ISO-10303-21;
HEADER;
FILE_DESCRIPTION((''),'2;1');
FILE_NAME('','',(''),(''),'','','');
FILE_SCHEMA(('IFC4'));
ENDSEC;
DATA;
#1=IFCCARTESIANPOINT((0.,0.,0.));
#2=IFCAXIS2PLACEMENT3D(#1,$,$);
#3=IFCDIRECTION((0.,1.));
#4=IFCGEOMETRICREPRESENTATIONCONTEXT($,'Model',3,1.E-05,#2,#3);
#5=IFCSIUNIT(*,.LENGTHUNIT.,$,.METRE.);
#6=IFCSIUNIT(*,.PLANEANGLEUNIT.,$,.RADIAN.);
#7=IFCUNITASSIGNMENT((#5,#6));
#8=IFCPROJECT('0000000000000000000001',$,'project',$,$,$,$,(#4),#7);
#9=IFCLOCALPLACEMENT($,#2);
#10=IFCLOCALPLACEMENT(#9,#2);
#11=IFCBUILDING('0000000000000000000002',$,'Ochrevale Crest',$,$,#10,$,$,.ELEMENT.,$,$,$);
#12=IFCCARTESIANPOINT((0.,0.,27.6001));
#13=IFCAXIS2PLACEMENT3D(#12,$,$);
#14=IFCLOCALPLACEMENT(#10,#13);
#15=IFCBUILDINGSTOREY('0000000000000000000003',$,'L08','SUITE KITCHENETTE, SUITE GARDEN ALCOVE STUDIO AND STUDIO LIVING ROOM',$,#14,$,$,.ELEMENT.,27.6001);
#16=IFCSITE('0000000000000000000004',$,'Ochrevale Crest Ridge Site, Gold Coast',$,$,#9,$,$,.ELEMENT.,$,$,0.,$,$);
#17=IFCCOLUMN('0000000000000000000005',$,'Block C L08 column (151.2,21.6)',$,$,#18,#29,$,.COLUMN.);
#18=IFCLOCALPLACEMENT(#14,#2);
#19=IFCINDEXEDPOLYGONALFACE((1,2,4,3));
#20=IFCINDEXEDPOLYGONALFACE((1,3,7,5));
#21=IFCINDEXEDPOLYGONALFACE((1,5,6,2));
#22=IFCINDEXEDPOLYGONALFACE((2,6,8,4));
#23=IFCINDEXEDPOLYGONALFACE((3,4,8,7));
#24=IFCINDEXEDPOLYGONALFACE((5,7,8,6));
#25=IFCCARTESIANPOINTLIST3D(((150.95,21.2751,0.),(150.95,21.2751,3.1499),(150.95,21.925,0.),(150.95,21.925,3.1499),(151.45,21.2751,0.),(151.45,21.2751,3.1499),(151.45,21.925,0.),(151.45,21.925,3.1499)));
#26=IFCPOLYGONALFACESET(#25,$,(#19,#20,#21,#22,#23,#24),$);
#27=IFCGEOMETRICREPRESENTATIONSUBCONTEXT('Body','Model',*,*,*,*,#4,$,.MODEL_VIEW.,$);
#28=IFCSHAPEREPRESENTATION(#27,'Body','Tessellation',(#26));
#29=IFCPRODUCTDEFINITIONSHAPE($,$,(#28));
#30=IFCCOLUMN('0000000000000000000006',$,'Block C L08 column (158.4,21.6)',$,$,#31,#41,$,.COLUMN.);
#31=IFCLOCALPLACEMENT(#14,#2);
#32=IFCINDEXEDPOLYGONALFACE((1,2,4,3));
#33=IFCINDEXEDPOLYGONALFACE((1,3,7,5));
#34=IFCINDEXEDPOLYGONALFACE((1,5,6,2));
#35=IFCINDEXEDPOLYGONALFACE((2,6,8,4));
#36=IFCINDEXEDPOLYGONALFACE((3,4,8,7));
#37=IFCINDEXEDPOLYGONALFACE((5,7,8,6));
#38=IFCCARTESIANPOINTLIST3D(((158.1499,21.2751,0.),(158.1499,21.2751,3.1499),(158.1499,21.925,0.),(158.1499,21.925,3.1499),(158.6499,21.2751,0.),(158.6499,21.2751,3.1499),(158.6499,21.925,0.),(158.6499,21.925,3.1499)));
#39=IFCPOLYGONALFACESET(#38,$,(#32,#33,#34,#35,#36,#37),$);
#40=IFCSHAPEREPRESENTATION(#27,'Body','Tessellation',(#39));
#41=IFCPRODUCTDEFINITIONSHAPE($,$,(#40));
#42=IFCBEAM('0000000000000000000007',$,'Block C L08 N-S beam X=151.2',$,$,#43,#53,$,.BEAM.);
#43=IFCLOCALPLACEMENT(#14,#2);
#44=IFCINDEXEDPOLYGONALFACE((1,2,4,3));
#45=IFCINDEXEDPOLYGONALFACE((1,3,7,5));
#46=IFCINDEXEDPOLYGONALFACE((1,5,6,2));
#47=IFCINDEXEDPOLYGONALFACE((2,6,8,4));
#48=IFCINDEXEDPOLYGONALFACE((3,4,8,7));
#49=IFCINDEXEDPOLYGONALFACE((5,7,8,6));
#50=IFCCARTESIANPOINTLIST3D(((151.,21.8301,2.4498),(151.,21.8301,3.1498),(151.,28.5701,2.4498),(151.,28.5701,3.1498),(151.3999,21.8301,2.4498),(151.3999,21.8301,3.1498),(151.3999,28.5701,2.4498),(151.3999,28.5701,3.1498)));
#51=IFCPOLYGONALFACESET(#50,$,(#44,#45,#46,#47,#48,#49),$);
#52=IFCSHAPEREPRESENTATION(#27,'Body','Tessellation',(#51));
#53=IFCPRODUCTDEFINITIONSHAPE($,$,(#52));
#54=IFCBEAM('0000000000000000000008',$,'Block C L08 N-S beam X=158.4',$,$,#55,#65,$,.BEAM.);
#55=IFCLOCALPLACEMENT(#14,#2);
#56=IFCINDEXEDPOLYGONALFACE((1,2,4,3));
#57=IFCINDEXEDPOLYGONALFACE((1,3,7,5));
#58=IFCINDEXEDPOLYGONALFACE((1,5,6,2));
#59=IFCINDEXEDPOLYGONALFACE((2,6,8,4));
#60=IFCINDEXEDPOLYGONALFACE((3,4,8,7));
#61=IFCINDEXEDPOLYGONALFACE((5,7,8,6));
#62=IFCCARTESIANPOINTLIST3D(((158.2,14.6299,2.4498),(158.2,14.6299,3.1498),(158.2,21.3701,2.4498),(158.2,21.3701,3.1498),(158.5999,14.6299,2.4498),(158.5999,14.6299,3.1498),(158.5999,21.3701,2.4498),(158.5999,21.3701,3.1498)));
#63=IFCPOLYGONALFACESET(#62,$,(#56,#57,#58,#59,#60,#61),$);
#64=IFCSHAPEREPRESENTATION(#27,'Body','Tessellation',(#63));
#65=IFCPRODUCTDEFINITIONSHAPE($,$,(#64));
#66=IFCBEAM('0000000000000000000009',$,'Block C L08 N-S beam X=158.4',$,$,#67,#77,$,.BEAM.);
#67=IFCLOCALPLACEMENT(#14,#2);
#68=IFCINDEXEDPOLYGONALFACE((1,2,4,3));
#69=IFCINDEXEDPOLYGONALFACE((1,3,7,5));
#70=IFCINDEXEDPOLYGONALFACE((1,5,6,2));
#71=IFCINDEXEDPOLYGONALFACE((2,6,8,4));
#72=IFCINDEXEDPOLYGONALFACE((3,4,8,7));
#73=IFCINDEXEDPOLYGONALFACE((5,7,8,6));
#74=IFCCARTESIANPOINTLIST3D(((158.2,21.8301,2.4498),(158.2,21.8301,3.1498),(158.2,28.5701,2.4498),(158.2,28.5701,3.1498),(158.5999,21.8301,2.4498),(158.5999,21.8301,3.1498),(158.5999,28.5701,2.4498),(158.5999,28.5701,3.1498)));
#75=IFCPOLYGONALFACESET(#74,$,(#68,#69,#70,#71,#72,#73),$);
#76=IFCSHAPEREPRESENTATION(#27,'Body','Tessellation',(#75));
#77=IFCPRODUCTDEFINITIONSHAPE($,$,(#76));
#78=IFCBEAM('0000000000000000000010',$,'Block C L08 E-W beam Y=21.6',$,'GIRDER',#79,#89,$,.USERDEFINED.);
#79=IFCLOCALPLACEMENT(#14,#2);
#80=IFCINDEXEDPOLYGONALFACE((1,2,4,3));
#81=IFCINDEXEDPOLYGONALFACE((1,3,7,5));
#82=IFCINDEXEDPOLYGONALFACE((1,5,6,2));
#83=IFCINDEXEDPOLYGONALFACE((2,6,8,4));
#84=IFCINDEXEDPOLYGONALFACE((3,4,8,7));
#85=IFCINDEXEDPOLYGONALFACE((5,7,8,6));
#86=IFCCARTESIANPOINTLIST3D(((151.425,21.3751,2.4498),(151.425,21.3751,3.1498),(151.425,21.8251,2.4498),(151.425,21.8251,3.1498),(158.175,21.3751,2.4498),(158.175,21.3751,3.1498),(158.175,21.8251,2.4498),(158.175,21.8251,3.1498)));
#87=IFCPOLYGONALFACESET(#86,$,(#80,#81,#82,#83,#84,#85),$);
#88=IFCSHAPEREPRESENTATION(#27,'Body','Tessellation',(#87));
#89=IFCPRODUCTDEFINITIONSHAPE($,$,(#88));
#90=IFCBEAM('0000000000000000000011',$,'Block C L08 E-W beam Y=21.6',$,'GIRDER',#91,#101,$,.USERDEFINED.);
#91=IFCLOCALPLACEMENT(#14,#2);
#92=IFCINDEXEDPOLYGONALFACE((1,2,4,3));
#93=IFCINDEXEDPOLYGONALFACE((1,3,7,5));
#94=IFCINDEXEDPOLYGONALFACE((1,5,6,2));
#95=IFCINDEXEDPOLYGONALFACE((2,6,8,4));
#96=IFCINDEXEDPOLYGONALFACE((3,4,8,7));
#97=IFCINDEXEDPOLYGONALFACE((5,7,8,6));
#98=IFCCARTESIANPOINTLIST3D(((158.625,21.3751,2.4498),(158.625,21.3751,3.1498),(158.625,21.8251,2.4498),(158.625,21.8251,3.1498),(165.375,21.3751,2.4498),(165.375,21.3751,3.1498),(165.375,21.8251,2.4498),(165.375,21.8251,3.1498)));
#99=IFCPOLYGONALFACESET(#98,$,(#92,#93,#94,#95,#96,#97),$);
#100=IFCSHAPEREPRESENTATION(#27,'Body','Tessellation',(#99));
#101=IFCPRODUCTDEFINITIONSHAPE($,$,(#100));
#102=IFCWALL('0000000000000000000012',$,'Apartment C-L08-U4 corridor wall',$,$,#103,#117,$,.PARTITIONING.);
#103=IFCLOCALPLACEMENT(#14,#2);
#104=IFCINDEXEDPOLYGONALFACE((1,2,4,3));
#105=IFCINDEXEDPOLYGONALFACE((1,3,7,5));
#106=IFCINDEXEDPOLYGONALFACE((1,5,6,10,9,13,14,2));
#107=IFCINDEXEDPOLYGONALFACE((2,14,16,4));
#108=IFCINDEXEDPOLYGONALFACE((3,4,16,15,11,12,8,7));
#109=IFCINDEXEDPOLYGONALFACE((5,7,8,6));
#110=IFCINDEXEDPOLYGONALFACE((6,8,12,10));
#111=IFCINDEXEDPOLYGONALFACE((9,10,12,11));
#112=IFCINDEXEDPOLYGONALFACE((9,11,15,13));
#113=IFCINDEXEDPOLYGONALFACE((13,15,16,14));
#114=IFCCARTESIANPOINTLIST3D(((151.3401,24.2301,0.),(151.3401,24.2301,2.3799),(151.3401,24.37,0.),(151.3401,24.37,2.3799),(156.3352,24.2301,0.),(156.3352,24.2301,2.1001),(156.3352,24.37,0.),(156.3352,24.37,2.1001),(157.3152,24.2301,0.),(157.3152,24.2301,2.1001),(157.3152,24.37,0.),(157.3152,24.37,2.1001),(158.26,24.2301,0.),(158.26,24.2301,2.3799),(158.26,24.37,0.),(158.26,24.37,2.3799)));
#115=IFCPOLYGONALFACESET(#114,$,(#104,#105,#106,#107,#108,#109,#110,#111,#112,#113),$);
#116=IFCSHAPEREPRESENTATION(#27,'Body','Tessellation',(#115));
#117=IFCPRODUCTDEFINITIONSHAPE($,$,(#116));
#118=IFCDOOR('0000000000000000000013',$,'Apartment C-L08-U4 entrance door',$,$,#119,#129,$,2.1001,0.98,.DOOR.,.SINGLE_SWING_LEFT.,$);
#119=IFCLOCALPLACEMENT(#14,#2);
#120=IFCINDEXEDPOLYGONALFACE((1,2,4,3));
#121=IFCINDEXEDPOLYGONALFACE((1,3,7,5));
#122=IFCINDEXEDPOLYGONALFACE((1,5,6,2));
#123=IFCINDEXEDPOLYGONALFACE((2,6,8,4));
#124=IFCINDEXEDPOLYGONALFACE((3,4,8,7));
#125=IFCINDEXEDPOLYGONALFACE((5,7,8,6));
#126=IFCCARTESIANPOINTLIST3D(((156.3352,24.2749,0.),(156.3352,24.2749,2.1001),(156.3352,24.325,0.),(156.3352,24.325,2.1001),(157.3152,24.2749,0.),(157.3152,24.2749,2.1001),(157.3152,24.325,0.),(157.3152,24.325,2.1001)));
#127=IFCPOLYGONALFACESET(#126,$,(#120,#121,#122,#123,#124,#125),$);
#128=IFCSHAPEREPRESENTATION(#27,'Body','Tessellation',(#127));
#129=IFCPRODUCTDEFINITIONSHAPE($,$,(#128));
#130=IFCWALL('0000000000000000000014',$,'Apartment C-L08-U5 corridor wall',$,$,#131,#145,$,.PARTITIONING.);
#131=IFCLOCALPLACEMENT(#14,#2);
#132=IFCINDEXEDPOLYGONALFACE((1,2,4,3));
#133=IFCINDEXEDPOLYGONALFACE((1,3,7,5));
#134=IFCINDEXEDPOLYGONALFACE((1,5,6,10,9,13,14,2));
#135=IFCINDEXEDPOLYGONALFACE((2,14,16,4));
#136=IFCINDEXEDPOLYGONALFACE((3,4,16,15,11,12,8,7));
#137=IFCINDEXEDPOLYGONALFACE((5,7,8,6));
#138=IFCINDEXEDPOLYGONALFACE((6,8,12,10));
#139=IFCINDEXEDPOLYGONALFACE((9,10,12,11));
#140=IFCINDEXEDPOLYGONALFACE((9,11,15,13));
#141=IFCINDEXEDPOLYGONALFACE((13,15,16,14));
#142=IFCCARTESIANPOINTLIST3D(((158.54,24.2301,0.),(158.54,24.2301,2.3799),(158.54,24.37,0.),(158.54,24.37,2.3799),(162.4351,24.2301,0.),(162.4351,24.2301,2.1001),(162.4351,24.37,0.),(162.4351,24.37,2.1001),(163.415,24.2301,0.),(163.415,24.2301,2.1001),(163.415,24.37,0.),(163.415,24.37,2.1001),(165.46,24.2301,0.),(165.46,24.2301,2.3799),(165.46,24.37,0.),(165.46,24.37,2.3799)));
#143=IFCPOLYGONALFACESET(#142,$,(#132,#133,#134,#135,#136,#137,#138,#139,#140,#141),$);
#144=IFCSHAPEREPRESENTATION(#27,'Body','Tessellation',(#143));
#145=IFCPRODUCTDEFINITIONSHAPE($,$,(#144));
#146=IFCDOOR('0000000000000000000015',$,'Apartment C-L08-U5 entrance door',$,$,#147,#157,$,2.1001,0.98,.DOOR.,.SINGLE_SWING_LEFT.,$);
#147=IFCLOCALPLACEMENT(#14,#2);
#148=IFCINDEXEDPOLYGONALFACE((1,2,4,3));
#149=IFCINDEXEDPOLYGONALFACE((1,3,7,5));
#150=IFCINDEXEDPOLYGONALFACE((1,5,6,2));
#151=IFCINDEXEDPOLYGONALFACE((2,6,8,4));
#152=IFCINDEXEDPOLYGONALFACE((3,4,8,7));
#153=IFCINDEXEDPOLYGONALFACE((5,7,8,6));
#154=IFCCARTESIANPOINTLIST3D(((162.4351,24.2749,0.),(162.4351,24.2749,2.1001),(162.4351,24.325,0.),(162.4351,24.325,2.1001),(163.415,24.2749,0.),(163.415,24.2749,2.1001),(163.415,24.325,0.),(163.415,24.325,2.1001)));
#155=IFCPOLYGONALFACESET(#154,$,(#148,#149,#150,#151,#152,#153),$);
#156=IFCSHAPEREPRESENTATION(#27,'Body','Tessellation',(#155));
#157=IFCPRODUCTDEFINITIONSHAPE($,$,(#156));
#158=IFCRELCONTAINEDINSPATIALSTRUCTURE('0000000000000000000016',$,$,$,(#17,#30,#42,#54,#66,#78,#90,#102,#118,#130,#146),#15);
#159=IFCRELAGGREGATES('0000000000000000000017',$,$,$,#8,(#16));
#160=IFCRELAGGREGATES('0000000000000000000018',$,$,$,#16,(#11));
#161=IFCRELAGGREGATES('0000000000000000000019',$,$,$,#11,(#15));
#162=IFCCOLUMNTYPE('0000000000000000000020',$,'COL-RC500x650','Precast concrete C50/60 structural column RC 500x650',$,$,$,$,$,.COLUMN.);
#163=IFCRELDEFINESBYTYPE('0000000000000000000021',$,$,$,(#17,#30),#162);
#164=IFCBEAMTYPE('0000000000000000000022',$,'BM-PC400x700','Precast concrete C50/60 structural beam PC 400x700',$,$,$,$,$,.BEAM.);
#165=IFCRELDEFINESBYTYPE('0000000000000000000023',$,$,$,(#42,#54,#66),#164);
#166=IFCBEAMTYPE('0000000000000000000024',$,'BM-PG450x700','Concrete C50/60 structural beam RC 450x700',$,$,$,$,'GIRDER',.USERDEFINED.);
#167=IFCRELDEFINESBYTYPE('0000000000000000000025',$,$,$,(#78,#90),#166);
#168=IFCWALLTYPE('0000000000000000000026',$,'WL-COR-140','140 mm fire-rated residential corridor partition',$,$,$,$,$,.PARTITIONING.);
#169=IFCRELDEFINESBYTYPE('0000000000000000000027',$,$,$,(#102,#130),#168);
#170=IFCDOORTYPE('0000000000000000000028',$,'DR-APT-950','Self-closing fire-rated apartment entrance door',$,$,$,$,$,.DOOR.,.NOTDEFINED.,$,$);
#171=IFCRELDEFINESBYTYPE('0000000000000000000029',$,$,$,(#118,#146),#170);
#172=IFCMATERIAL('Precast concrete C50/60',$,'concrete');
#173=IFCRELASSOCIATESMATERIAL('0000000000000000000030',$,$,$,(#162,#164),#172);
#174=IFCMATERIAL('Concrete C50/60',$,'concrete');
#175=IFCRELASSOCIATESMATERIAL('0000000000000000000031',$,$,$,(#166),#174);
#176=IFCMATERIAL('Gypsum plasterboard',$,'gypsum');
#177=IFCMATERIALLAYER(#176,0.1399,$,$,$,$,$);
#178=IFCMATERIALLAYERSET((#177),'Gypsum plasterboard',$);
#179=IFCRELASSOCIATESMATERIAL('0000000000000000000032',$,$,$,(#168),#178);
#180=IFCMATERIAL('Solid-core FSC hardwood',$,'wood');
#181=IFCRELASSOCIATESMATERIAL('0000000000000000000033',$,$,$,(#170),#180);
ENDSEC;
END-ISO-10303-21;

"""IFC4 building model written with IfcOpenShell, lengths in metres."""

from ifc_helpers import new_model, si_unit, direction, frame, frame_2d, origin, origin_2d, place, context, subcontext, project, spatial, rectangle, extrude, material, layer, layer_set, material_profile, profile_set, type_object, element, fill, save


model = new_model("IFC4")

# Units and contexts
model_context = context("Model", 3, precision=1e-05, world=origin(), true_north=direction((0.0, 1.0)))
body_context = subcontext(model_context, "Body", "Model", "MODEL_VIEW")
ifc_project = project(units=[si_unit("LENGTHUNIT", "METRE"), si_unit("PLANEANGLEUNIT", "RADIAN")], contexts=[model_context])

# Site, building, storey
site_placement = place(None, origin())
site = spatial("IfcSite", under=ifc_project, at=site_placement, Name="Ochrevale Crest Ridge Site, Gold Coast", CompositionType="ELEMENT", RefElevation=0.0)
building_placement = place(site_placement, origin())
building = spatial("IfcBuilding", under=site, at=building_placement, Name="Ochrevale Crest", CompositionType="ELEMENT")
storey_placement = place(building_placement, frame((0.0, 0.0, 27.6001)))
storey = spatial("IfcBuildingStorey", under=building, at=storey_placement, Name="L08", Description="SUITE KITCHENETTE, SUITE GARDEN ALCOVE STUDIO AND STUDIO LIVING ROOM", CompositionType="ELEMENT", Elevation=27.6001)

# Columns
ifc_material_1 = material(Name="Precast concrete C50/60", Category="concrete")
ifc_material_profile_1 = material_profile(ifc_material_1, rectangle(XDim=0.5, YDim=0.6499, at=origin_2d()), Name="RC 500x650")
ifc_profile_set_1 = profile_set([ifc_material_profile_1], Name="Precast concrete C50/60")
column_type = type_object("IfcColumnType", Name="COL-RC500x650", Description="Precast concrete C50/60 structural column RC 500x650", PredefinedType="COLUMN", material=ifc_profile_set_1)
for number, where, z_axis, x_axis, name in (
    (1, (151.2, 21.6001, 0.0), (0.0, 0.0, 1.0), (1.0, 0.0, 0.0), "Block C L08 column (151.2,21.6)"),
    (2, (158.3999, 21.6001, 0.0), (0.0, 0.0, 1.0), (1.0, 0.0, 0.0), "Block C L08 column (158.4,21.6)"),
):
    element("IfcColumn", number, at=place(storey_placement, frame(where, z_axis=z_axis, x_axis=x_axis)), inside=storey, type_object=column_type, Name=name, PredefinedType="COLUMN", context=body_context, shape_type="SweptSolid", body=[
        extrude(rectangle(XDim=0.5, YDim=0.6499, at=origin_2d()), origin(), (0.0, 0.0, 1.0), 3.1499),
    ])

# Beams
ifc_material_profile_2 = material_profile(ifc_material_1, rectangle(XDim=0.3999, YDim=0.7, at=origin_2d()), Name="PC 400x700")
ifc_profile_set_2 = profile_set([ifc_material_profile_2], Name="Precast concrete C50/60")
beam_type_1 = type_object("IfcBeamType", Name="BM-PC400x700", Description="Precast concrete C50/60 structural beam PC 400x700", PredefinedType="BEAM", material=ifc_profile_set_2)
beam_1_placement = place(storey_placement, frame((151.2, 21.8301, 2.7998), z_axis=(0.0, 1.0, 0.0), x_axis=(-1.0, 0.0, 0.0)))
element("IfcBeam", 3, at=beam_1_placement, inside=storey, type_object=beam_type_1, Name="Block C L08 N-S beam X=151.2", PredefinedType="BEAM", context=body_context, shape_type="SweptSolid", body=[
    extrude(rectangle(XDim=0.3999, YDim=0.7, at=origin_2d()), origin(), (0.0, 0.0, 1.0), 6.74),
])
beam_2_placement = place(storey_placement, frame((158.3999, 14.6299, 2.7998), z_axis=(0.0, 1.0, 0.0), x_axis=(-1.0, 0.0, 0.0)))
element("IfcBeam", 4, at=beam_2_placement, inside=storey, type_object=beam_type_1, Name="Block C L08 N-S beam X=158.4", PredefinedType="BEAM", context=body_context, shape_type="SweptSolid", body=[
    extrude(rectangle(XDim=0.3999, YDim=0.7, at=origin_2d()), origin(), (0.0, 0.0, 1.0), 6.7402),
])
beam_3_placement = place(storey_placement, frame((158.3999, 21.8301, 2.7998), z_axis=(0.0, 1.0, 0.0), x_axis=(-1.0, 0.0, 0.0)))
element("IfcBeam", 5, at=beam_3_placement, inside=storey, type_object=beam_type_1, Name="Block C L08 N-S beam X=158.4", PredefinedType="BEAM", context=body_context, shape_type="SweptSolid", body=[
    extrude(rectangle(XDim=0.3999, YDim=0.7, at=origin_2d()), origin(), (0.0, 0.0, 1.0), 6.74),
])
ifc_material_2 = material(Name="Concrete C50/60", Category="concrete")
ifc_material_profile_3 = material_profile(ifc_material_2, rectangle(XDim=0.45, YDim=0.7, at=origin_2d()), Name="RC 450x700")
ifc_profile_set_3 = profile_set([ifc_material_profile_3], Name="Concrete C50/60")
beam_type_2 = type_object("IfcBeamType", Name="BM-PG450x700", Description="Concrete C50/60 structural beam RC 450x700", ElementType="GIRDER", PredefinedType="USERDEFINED", material=ifc_profile_set_3)
for number, where, z_axis, x_axis, name in (
    (6, (151.425, 21.6001, 2.7998), (1.0, 0.0, 0.0), (0.0, 1.0, 0.0), "Block C L08 E-W beam Y=21.6"),
    (7, (158.625, 21.6001, 2.7998), (1.0, 0.0, 0.0), (0.0, 1.0, 0.0), "Block C L08 E-W beam Y=21.6"),
):
    element("IfcBeam", number, at=place(storey_placement, frame(where, z_axis=z_axis, x_axis=x_axis)), inside=storey, type_object=beam_type_2, Name=name, ObjectType="GIRDER", PredefinedType="USERDEFINED", context=body_context, shape_type="SweptSolid", body=[
        extrude(rectangle(XDim=0.45, YDim=0.7, at=origin_2d()), origin(), (0.0, 0.0, 1.0), 6.75),
    ])

# Walls, openings, doors
ifc_material_3 = material(Name="Gypsum plasterboard", Category="gypsum")
ifc_layer_1 = layer(ifc_material_3, 0.1399)
ifc_layer_set_1 = layer_set([ifc_layer_1], Name="Gypsum plasterboard")
wall_type_1 = type_object("IfcWallType", Name="WL-COR-140", Description="140 mm fire-rated residential corridor partition", PredefinedType="PARTITIONING", material=ifc_layer_set_1)
wall_1_placement = place(storey_placement, frame((151.3401, 24.3, 0.0), z_axis=(0.0, 0.0, 1.0), x_axis=(1.0, 0.0, 0.0)))
wall_1 = element("IfcWall", 8, at=wall_1_placement, inside=storey, type_object=wall_type_1, Name="Apartment C-L08-U4 corridor wall", PredefinedType="PARTITIONING", context=body_context, shape_type="SweptSolid", body=[
    extrude(rectangle(XDim=6.9199, YDim=0.1399, at=frame_2d((3.46, 0.0))), origin(), (0.0, 0.0, 1.0), 2.3799),
])
opening_1_placement = place(wall_1_placement, frame((4.9951, 0.0, 0.0)))
opening_1 = element("IfcOpeningElement", 9, at=opening_1_placement, cuts=wall_1, PredefinedType="OPENING", context=body_context, shape_type="SweptSolid", body=[
    extrude(rectangle(XDim=0.98, YDim=2.1001, at=frame_2d((0.49, 1.05))), frame((0.0, 0.0801, 0.0), z_axis=(0.0, -1.0, 0.0), x_axis=(1.0, 0.0, 0.0)), (0.0, 0.0, 1.0), 0.1599),
])
ifc_material_4 = material(Name="Solid-core FSC hardwood", Category="wood")
door_type_1 = type_object("IfcDoorType", Name="DR-APT-950", Description="Self-closing fire-rated apartment entrance door", OperationType="NOTDEFINED", PredefinedType="DOOR", material=ifc_material_4)
door_1_placement = place(opening_1_placement, origin())
door_1 = element("IfcDoor", 10, at=door_1_placement, inside=storey, type_object=door_type_1, Name="Apartment C-L08-U4 entrance door", OperationType="SINGLE_SWING_LEFT", OverallHeight=2.1001, OverallWidth=0.98, PredefinedType="DOOR", context=body_context, shape_type="SweptSolid", body=[
    extrude(rectangle(XDim=0.98, YDim=2.1001, at=frame_2d((0.49, 1.05))), frame((0.0, 0.0249, 0.0), z_axis=(0.0, -1.0, 0.0), x_axis=(1.0, 0.0, 0.0)), (0.0, 0.0, 1.0), 0.05),
])
fill(opening_1, door_1)
wall_2_placement = place(storey_placement, frame((158.54, 24.3, 0.0), z_axis=(0.0, 0.0, 1.0), x_axis=(1.0, 0.0, 0.0)))
wall_2 = element("IfcWall", 11, at=wall_2_placement, inside=storey, type_object=wall_type_1, Name="Apartment C-L08-U5 corridor wall", PredefinedType="PARTITIONING", context=body_context, shape_type="SweptSolid", body=[
    extrude(rectangle(XDim=6.9199, YDim=0.1399, at=frame_2d((3.46, 0.0))), origin(), (0.0, 0.0, 1.0), 2.3799),
])
opening_2_placement = place(wall_2_placement, frame((3.895, 0.0, 0.0)))
opening_2 = element("IfcOpeningElement", 12, at=opening_2_placement, cuts=wall_2, PredefinedType="OPENING", context=body_context, shape_type="SweptSolid", body=[
    extrude(rectangle(XDim=0.98, YDim=2.1001, at=frame_2d((0.49, 1.05))), frame((0.0, 0.0801, 0.0), z_axis=(0.0, -1.0, 0.0), x_axis=(1.0, 0.0, 0.0)), (0.0, 0.0, 1.0), 0.1599),
])
door_2_placement = place(opening_2_placement, origin())
door_2 = element("IfcDoor", 13, at=door_2_placement, inside=storey, type_object=door_type_1, Name="Apartment C-L08-U5 entrance door", OperationType="SINGLE_SWING_LEFT", OverallHeight=2.1001, OverallWidth=0.98, PredefinedType="DOOR", context=body_context, shape_type="SweptSolid", body=[
    extrude(rectangle(XDim=0.98, YDim=2.1001, at=frame_2d((0.49, 1.05))), frame((0.0, 0.0249, 0.0), z_axis=(0.0, -1.0, 0.0), x_axis=(1.0, 0.0, 0.0)), (0.0, 0.0, 1.0), 0.05),
])
fill(opening_2, door_2)

save(model, "model.ifc")
